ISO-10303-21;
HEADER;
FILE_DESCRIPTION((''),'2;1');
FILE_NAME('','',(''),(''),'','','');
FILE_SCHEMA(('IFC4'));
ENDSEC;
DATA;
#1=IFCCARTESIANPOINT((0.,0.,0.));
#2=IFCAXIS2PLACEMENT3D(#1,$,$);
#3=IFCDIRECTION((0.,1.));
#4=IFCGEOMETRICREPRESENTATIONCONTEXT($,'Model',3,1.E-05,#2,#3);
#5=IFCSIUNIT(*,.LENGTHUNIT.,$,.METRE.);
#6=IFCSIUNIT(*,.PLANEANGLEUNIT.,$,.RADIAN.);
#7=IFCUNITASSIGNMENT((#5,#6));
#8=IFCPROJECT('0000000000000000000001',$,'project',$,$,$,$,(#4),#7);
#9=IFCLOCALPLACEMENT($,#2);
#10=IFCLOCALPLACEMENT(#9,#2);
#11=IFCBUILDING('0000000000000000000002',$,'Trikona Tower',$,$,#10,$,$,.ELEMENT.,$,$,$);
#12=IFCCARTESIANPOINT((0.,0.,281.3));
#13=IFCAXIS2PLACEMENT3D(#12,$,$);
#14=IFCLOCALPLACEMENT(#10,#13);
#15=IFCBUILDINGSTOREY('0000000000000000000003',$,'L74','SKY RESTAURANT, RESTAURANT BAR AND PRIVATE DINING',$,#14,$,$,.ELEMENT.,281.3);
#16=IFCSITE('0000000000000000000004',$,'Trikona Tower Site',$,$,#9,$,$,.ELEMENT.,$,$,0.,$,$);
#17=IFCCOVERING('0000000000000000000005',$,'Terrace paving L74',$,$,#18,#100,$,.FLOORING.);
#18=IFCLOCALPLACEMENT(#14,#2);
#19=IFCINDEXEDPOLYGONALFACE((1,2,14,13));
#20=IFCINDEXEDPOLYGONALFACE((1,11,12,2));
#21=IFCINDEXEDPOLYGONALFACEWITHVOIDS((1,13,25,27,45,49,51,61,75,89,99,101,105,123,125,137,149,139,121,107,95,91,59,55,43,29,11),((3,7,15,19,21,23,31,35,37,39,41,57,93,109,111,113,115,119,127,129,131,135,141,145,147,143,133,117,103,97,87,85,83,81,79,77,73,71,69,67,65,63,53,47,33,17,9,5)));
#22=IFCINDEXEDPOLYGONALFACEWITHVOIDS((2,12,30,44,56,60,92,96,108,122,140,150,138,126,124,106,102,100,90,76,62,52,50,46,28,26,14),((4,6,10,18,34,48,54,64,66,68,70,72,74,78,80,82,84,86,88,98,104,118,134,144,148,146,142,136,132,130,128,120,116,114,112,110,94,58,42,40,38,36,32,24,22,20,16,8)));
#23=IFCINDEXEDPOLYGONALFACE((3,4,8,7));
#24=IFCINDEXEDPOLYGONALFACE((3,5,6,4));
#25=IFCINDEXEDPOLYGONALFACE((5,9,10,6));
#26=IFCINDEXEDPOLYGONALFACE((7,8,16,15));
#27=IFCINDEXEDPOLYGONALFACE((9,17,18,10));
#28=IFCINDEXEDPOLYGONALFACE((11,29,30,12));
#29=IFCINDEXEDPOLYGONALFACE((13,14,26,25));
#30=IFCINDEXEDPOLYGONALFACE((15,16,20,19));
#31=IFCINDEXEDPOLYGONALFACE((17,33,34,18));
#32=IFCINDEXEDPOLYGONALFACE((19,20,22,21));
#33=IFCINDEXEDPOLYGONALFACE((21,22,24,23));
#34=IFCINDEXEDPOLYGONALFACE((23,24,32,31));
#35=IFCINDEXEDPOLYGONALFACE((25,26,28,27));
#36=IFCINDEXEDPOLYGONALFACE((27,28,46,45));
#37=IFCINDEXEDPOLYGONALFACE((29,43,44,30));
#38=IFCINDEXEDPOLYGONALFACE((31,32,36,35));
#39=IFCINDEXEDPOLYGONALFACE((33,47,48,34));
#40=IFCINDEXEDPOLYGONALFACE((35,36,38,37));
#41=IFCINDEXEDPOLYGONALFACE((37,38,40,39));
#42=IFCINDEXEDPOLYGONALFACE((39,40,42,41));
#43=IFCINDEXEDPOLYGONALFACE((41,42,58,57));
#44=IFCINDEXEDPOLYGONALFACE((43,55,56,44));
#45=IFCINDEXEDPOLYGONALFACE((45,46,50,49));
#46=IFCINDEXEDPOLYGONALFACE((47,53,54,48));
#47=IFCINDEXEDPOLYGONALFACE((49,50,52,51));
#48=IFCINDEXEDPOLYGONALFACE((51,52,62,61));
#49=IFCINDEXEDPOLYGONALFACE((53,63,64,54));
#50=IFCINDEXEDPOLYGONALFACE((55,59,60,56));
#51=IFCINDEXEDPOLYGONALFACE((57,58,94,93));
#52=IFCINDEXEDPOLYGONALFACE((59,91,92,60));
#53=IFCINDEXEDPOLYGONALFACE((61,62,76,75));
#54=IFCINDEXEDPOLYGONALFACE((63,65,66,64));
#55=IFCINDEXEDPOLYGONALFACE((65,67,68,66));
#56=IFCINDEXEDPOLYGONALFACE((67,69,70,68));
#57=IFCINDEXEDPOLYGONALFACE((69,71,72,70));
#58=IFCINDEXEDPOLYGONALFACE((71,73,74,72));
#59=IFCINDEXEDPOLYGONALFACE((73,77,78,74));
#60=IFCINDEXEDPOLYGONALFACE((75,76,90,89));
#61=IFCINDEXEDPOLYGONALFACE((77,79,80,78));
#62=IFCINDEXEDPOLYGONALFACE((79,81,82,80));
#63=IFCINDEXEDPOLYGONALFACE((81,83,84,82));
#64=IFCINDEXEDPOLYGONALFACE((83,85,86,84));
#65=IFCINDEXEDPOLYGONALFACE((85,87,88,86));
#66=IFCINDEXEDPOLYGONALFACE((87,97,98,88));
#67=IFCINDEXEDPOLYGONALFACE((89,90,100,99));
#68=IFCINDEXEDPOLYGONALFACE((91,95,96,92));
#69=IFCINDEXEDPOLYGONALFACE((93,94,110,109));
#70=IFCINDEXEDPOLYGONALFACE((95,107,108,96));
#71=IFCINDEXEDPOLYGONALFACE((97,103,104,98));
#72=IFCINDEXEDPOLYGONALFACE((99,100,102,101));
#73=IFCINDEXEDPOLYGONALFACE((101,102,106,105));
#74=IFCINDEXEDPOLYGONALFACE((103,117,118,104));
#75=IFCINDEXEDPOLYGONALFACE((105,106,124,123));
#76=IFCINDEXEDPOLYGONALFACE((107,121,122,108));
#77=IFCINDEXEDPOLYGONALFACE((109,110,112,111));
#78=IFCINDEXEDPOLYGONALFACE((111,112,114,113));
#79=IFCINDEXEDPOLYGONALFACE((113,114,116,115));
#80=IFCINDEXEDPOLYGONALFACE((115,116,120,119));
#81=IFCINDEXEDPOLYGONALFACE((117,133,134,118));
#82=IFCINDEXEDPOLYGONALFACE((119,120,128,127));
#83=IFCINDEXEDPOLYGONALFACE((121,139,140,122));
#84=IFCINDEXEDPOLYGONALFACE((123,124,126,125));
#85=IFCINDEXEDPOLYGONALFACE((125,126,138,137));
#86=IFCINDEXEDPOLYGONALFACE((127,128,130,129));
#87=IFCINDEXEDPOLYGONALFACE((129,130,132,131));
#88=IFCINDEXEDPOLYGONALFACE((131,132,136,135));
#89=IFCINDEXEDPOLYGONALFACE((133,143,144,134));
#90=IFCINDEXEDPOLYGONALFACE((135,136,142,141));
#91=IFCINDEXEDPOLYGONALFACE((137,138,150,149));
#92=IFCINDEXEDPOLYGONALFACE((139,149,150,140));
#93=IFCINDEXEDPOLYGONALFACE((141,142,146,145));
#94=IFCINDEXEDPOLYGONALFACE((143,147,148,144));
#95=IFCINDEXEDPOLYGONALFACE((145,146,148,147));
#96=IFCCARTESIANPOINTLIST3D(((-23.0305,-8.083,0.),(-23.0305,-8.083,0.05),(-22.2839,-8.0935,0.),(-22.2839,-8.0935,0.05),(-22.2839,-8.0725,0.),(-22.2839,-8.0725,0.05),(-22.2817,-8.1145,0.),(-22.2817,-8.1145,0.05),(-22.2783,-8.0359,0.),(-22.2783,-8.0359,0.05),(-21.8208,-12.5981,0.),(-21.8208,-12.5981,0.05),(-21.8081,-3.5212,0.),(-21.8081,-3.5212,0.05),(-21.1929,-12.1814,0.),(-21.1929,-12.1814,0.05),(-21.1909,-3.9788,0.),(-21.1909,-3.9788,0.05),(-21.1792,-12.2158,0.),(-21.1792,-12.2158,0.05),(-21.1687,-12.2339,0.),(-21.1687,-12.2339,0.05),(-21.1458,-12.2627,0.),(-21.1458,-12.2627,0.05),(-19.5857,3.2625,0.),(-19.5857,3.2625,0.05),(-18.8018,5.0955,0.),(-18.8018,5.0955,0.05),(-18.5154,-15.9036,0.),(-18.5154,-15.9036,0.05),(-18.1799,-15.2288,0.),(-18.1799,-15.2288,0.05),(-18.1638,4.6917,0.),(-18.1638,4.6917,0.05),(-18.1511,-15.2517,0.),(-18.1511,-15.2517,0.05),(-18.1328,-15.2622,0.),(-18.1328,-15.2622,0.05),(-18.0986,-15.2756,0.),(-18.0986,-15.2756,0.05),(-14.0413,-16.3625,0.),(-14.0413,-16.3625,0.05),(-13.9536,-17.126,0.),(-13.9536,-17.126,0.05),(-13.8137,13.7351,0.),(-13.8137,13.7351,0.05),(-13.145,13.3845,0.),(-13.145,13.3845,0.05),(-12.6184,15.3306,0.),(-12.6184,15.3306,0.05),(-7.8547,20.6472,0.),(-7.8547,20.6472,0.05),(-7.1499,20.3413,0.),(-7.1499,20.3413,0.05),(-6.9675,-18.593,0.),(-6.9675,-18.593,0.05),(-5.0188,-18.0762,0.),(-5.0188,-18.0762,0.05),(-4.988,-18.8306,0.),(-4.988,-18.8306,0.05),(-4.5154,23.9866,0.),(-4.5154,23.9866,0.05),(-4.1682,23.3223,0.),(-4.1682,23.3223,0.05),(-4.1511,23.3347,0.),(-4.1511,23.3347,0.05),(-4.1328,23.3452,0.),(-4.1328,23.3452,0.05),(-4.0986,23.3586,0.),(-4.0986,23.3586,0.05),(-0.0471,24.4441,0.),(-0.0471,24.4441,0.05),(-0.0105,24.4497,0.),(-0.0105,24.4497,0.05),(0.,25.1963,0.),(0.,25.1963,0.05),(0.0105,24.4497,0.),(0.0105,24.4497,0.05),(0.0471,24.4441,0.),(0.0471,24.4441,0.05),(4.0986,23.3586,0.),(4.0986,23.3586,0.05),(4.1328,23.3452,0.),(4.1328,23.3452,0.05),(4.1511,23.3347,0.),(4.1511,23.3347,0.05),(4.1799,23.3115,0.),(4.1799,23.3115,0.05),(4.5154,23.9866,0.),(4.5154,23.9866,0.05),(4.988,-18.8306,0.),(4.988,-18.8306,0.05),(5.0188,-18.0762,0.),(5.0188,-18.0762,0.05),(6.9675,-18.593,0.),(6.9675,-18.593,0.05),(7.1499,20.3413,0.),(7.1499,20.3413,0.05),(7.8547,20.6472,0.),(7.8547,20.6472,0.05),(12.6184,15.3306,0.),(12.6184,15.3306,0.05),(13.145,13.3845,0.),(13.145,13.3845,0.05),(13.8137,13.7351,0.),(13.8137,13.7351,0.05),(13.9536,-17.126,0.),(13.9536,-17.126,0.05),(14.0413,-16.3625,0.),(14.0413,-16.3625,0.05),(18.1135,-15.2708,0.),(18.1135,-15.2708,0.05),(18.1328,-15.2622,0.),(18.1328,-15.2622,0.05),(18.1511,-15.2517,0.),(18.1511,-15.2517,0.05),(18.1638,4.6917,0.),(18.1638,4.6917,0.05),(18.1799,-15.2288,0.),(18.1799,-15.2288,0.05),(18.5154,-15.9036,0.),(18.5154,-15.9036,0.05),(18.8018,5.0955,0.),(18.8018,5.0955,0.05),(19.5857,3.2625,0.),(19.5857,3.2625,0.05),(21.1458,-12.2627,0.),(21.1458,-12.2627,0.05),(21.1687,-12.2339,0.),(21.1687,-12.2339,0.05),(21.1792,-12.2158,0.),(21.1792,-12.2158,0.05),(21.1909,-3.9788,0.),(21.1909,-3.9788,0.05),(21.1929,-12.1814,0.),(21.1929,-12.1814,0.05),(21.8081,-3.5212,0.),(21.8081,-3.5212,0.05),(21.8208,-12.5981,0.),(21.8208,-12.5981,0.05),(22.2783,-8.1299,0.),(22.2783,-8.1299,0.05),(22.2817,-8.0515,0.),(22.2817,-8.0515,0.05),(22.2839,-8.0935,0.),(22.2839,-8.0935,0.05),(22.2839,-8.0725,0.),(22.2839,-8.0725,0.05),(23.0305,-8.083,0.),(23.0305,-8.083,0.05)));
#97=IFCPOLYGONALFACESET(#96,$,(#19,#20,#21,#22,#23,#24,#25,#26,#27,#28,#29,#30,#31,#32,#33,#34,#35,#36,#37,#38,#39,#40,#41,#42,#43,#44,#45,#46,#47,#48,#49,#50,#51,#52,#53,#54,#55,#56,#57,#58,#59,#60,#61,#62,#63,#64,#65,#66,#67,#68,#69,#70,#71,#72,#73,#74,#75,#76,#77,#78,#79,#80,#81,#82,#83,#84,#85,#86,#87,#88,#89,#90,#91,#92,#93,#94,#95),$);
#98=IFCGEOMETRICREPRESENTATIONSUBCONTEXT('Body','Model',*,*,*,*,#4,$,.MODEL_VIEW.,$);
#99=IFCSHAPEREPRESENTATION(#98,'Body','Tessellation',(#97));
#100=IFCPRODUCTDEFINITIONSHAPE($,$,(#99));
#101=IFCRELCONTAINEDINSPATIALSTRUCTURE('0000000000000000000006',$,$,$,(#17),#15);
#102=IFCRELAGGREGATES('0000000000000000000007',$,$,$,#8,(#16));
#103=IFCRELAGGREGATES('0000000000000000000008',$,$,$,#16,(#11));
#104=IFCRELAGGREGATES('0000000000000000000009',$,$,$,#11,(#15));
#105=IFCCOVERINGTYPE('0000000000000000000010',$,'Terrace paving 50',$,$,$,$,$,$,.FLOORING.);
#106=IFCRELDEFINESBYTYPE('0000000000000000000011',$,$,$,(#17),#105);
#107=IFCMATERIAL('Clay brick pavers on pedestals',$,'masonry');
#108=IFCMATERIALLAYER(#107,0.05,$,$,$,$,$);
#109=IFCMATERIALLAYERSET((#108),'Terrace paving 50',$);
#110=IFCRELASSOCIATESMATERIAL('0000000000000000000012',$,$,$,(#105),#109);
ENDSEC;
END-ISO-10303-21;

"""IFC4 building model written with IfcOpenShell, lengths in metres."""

from ifc_helpers import new_model, si_unit, direction, frame, origin, place, context, subcontext, project, spatial, polyline, outline, extrude, material, layer, layer_set, type_object, element, save


model = new_model("IFC4")

# Units and contexts
model_context = context("Model", 3, precision=1e-05, world=origin(), true_north=direction((0.0, 1.0)))
body_context = subcontext(model_context, "Body", "Model", "MODEL_VIEW")
ifc_project = project(units=[si_unit("LENGTHUNIT", "METRE"), si_unit("PLANEANGLEUNIT", "RADIAN")], contexts=[model_context])

# Site, building, storey
site_placement = place(None, origin())
site = spatial("IfcSite", under=ifc_project, at=site_placement, Name="Trikona Tower Site", CompositionType="ELEMENT", RefElevation=0.0)
building_placement = place(site_placement, origin())
building = spatial("IfcBuilding", under=site, at=building_placement, Name="Trikona Tower", CompositionType="ELEMENT")
storey_placement = place(building_placement, frame((0.0, 0.0, 281.3)))
storey = spatial("IfcBuildingStorey", under=building, at=storey_placement, Name="L74", Description="SKY RESTAURANT, RESTAURANT BAR AND PRIVATE DINING", CompositionType="ELEMENT", Elevation=281.3)

# Covering
ifc_material_1 = material(Name="Clay brick pavers on pedestals", Category="masonry")
ifc_layer_1 = layer(ifc_material_1, 0.05)
ifc_layer_set_1 = layer_set([ifc_layer_1], Name="Terrace paving 50")
covering_type = type_object("IfcCoveringType", Name="Terrace paving 50", PredefinedType="FLOORING", material=ifc_layer_set_1)
covering_placement = place(storey_placement, origin())
element("IfcCovering", 1, at=covering_placement, inside=storey, type_object=covering_type, Name="Terrace paving L74", PredefinedType="FLOORING", context=body_context, shape_type="SweptSolid", body=[
    extrude(outline(polyline([(-18.5154, -15.9036), (-13.9536, -17.126), (-6.9675, -18.593), (-4.988, -18.8306), (4.988, -18.8306), (6.9675, -18.593), (13.9536, -17.126), (18.5154, -15.9036), (21.8208, -12.5981), (23.0305, -8.083), (21.8081, -3.5212), (19.5857, 3.2625), (18.8018, 5.0955), (13.8137, 13.7351), (12.6184, 15.3306), (7.8547, 20.6472), (4.5154, 23.9866), (0.0, 25.1963), (-4.5154, 23.9866), (-7.8547, 20.6472), (-12.6184, 15.3306), (-13.8137, 13.7351), (-18.8018, 5.0955), (-19.5857, 3.2625), (-21.8081, -3.5212), (-23.0305, -8.083), (-21.8208, -12.5981), (-18.5154, -15.9036)]), holes=[polyline([(-14.0413, -16.3625), (-5.0188, -18.0762), (5.0188, -18.0762), (14.0413, -16.3625), (18.1135, -15.2708), (18.1328, -15.2622), (18.1511, -15.2517), (18.1799, -15.2288), (21.1458, -12.2627), (21.1687, -12.2339), (21.1792, -12.2158), (21.1929, -12.1814), (22.2783, -8.1299), (22.2839, -8.0935), (22.2839, -8.0725), (22.2817, -8.0515), (21.1909, -3.9788), (18.1638, 4.6917), (13.145, 13.3845), (7.1499, 20.3413), (4.1799, 23.3115), (4.1511, 23.3347), (4.1328, 23.3452), (4.0986, 23.3586), (0.0471, 24.4441), (0.0105, 24.4497), (-0.0105, 24.4497), (-0.0471, 24.4441), (-4.0986, 23.3586), (-4.1328, 23.3452), (-4.1511, 23.3347), (-4.1682, 23.3223), (-7.1499, 20.3413), (-13.145, 13.3845), (-18.1638, 4.6917), (-21.1909, -3.9788), (-22.2783, -8.0359), (-22.2839, -8.0725), (-22.2839, -8.0935), (-22.2817, -8.1145), (-21.1929, -12.1814), (-21.1792, -12.2158), (-21.1687, -12.2339), (-21.1458, -12.2627), (-18.1799, -15.2288), (-18.1511, -15.2517), (-18.1328, -15.2622), (-18.0986, -15.2756), (-14.0413, -16.3625)])]), origin(), (0.0, 0.0, 1.0), 0.05),
])

save(model, "model.ifc")
